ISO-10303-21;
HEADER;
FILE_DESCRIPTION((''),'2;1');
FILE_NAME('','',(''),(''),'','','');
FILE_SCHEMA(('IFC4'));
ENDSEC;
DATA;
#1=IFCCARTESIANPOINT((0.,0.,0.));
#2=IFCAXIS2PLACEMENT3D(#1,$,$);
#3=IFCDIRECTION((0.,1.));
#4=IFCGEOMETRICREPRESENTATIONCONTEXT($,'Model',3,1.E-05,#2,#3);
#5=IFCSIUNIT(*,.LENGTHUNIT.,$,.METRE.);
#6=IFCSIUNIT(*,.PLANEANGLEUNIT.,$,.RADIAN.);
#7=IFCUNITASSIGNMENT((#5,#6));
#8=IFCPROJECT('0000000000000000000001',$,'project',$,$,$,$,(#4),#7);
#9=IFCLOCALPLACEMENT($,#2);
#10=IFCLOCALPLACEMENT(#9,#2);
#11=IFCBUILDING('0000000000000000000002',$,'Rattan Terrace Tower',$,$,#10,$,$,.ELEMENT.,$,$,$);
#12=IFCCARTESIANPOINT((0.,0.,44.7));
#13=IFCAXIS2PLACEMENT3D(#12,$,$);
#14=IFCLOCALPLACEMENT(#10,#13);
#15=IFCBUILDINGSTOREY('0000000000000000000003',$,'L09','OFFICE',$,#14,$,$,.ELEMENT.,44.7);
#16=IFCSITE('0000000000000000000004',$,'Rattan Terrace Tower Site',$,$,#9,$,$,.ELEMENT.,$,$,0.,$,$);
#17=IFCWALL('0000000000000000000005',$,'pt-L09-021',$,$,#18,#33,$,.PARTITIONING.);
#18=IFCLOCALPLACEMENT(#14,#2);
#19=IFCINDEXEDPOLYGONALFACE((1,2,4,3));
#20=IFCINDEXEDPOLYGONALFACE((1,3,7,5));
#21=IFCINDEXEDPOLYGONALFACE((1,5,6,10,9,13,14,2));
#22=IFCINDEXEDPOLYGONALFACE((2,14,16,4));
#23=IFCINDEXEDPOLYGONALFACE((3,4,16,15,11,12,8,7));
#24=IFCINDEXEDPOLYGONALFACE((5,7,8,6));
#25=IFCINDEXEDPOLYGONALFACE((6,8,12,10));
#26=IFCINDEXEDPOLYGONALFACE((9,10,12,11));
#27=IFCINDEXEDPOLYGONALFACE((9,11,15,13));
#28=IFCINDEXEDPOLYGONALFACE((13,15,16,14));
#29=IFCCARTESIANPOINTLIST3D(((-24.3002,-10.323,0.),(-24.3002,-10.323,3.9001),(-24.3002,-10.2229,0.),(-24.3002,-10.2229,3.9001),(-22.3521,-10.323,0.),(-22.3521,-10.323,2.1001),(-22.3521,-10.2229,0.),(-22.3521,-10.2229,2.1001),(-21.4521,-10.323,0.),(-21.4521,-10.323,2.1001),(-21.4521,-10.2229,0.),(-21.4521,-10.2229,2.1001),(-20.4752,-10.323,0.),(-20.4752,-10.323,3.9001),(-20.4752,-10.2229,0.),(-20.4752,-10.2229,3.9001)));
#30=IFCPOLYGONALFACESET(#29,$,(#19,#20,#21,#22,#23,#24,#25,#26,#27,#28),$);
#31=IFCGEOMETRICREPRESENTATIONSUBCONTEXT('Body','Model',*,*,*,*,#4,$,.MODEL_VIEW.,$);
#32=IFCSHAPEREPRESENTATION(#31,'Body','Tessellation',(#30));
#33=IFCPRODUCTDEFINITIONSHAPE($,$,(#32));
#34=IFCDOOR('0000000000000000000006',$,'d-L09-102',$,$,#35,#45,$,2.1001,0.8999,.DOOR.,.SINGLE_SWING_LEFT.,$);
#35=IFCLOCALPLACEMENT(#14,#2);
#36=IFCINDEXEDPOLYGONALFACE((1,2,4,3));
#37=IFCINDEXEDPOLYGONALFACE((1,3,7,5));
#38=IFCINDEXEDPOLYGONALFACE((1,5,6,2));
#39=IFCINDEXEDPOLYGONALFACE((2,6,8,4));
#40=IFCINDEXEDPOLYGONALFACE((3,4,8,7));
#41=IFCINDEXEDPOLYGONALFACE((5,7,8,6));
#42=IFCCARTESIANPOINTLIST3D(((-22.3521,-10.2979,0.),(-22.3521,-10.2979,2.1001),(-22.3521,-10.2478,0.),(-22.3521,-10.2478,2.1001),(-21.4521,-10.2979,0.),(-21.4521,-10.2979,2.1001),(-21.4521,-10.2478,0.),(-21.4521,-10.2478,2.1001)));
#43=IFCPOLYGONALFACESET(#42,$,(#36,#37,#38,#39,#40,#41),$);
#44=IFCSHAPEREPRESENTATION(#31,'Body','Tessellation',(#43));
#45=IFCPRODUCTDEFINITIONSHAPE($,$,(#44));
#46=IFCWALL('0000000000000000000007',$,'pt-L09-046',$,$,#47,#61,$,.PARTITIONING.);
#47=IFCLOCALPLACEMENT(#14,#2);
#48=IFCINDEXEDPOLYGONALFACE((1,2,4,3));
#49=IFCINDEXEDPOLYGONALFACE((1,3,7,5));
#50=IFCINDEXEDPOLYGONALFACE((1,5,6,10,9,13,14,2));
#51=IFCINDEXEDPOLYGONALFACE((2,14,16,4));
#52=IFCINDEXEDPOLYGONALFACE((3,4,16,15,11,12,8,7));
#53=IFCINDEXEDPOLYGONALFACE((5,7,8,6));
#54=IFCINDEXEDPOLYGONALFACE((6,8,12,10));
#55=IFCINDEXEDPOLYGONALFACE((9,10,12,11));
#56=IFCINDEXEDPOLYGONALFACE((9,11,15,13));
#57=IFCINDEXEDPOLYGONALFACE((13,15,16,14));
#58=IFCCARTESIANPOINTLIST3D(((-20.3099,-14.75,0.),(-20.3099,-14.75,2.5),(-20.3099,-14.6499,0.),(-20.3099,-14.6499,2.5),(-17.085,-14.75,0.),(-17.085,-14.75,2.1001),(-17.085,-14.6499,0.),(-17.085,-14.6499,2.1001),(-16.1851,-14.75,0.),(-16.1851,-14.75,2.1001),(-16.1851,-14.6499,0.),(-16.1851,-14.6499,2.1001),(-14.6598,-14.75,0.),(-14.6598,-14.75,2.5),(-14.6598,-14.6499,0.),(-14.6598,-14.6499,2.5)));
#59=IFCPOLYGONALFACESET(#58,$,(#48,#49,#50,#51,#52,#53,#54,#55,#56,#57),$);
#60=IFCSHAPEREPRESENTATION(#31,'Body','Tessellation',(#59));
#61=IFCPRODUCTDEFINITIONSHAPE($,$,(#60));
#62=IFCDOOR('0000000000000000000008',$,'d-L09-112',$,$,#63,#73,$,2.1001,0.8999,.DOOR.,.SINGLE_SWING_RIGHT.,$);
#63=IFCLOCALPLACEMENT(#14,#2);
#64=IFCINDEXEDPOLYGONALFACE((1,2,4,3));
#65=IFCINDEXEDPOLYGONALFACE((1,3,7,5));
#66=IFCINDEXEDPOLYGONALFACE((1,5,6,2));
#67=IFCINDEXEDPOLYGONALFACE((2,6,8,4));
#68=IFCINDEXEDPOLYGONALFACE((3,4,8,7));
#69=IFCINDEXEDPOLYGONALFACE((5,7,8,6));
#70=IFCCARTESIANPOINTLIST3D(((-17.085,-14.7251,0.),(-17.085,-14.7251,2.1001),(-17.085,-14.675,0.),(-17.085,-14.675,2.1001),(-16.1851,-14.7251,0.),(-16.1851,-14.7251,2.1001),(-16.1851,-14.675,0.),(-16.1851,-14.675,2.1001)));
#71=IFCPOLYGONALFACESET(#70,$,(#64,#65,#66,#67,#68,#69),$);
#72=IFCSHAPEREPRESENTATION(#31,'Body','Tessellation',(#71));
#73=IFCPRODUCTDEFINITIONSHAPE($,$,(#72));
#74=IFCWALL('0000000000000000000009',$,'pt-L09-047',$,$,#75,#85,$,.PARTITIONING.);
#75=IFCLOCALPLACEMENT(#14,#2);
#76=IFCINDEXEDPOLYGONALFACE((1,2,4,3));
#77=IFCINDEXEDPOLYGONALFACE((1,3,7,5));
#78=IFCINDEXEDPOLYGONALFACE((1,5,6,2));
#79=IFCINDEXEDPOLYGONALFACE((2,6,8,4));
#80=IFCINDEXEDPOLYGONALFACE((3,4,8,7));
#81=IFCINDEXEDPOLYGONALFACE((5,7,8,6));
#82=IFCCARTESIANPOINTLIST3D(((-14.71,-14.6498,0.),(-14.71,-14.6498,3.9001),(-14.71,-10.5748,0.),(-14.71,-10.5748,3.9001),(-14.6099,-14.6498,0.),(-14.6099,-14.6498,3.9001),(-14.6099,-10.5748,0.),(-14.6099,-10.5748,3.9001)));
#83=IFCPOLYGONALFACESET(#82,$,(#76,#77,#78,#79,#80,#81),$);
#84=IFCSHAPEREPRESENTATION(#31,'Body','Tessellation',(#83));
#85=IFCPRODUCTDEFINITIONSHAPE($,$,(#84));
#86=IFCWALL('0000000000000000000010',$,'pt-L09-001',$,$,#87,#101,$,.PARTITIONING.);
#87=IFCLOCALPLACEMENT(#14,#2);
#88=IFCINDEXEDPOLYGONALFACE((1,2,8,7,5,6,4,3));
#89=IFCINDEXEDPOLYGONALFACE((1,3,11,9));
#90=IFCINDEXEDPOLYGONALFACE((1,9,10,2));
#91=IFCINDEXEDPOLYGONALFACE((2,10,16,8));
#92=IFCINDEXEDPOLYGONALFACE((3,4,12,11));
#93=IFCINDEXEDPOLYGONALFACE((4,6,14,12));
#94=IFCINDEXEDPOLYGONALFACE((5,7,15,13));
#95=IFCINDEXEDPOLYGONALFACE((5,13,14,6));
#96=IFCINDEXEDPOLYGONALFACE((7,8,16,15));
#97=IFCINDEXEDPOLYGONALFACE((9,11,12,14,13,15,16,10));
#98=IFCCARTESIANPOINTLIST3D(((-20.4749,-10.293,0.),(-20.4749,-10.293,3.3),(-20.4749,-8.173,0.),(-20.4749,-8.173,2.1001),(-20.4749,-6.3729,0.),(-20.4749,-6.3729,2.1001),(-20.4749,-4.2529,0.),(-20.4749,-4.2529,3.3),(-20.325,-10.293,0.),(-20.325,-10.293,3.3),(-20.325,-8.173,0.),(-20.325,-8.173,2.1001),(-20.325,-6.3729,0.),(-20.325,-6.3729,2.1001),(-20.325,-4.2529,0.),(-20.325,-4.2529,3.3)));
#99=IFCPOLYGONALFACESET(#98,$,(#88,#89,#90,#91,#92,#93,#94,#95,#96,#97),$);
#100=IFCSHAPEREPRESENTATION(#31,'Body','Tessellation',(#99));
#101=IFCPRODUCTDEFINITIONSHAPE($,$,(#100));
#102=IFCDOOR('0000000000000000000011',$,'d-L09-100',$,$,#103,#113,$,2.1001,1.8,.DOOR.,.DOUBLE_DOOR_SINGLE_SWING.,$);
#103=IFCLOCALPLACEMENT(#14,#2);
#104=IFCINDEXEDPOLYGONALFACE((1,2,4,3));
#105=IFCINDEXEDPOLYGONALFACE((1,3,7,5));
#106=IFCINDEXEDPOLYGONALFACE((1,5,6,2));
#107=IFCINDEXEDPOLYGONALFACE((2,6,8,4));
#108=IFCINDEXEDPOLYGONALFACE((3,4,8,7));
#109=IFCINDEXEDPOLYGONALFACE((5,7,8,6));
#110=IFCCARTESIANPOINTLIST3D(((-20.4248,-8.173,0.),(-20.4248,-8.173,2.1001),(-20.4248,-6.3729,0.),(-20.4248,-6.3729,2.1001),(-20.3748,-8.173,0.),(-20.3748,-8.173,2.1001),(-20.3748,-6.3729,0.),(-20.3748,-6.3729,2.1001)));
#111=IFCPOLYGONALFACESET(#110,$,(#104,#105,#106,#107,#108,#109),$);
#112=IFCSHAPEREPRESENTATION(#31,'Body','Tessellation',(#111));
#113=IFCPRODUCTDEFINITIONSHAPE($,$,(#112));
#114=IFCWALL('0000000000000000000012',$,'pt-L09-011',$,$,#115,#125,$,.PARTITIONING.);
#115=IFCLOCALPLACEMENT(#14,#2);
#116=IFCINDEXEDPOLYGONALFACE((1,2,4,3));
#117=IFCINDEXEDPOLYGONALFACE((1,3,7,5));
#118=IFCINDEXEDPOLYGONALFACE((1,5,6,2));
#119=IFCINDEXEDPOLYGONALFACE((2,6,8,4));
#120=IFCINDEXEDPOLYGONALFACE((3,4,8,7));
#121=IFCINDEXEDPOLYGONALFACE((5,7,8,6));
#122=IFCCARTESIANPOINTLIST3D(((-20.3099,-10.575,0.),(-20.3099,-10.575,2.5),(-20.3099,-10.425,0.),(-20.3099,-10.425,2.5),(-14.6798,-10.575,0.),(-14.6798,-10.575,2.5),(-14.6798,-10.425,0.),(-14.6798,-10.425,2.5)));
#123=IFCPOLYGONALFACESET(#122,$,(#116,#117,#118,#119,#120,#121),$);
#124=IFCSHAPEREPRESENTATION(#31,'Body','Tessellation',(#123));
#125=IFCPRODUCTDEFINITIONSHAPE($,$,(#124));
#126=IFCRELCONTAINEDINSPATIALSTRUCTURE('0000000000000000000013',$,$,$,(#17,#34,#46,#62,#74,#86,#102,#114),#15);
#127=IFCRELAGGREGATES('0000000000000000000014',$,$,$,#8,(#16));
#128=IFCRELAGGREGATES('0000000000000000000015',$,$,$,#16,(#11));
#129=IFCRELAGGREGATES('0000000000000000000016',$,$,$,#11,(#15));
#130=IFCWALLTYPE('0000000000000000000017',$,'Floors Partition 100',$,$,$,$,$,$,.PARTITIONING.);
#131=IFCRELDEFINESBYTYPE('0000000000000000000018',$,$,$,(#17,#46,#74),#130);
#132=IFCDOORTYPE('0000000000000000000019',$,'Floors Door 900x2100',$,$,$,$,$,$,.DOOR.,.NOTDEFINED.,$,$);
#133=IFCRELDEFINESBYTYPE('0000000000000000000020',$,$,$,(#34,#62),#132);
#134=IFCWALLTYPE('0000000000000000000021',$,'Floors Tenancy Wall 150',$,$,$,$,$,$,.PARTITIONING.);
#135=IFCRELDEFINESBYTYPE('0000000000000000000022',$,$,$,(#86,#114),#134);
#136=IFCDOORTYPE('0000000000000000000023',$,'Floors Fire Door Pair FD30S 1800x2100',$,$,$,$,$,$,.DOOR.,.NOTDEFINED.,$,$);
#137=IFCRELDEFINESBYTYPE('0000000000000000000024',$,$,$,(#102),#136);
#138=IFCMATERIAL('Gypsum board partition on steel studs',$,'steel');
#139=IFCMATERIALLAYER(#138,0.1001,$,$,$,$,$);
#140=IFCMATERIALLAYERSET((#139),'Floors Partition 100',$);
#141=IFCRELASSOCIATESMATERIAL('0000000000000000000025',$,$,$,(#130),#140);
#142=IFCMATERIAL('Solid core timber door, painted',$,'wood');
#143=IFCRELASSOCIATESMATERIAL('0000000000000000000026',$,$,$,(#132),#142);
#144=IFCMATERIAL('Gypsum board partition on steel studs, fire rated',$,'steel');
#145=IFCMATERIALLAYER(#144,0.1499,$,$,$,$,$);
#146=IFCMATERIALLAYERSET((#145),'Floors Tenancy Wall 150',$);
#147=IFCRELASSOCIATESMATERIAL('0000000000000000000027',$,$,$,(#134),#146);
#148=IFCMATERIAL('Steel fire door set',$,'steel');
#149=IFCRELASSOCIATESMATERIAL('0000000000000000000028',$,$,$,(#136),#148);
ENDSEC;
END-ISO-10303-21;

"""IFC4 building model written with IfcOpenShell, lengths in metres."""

from ifc_helpers import new_model, si_unit, direction, frame, frame_2d, origin, place, context, subcontext, project, spatial, rectangle, extrude, material, layer, layer_set, type_object, element, fill, save


model = new_model("IFC4")

# Units and contexts
model_context = context("Model", 3, precision=1e-05, world=origin(), true_north=direction((0.0, 1.0)))
body_context = subcontext(model_context, "Body", "Model", "MODEL_VIEW")
ifc_project = project(units=[si_unit("LENGTHUNIT", "METRE"), si_unit("PLANEANGLEUNIT", "RADIAN")], contexts=[model_context])

# Site, building, storey
site_placement = place(None, origin())
site = spatial("IfcSite", under=ifc_project, at=site_placement, Name="Rattan Terrace Tower Site", CompositionType="ELEMENT", RefElevation=0.0)
building_placement = place(site_placement, origin())
building = spatial("IfcBuilding", under=site, at=building_placement, Name="Rattan Terrace Tower", CompositionType="ELEMENT")
storey_placement = place(building_placement, frame((0.0, 0.0, 44.7)))
storey = spatial("IfcBuildingStorey", under=building, at=storey_placement, Name="L09", Description="OFFICE", CompositionType="ELEMENT", Elevation=44.7)

# Walls, openings, doors
ifc_material_1 = material(Name="Gypsum board partition on steel studs", Category="steel")
ifc_layer_1 = layer(ifc_material_1, 0.1001)
ifc_layer_set_1 = layer_set([ifc_layer_1], Name="Floors Partition 100")
wall_type_1 = type_object("IfcWallType", Name="Floors Partition 100", PredefinedType="PARTITIONING", material=ifc_layer_set_1)
wall_1_placement = place(storey_placement, frame((-20.4751, -10.2729, 0.0), z_axis=(0.0, 0.0, 1.0), x_axis=(-1.0, 0.0, 0.0)))
wall_1 = element("IfcWall", 1, at=wall_1_placement, inside=storey, type_object=wall_type_1, Name="pt-L09-021", PredefinedType="PARTITIONING", context=body_context, shape_type="SweptSolid", body=[
    extrude(rectangle(XDim=3.825, YDim=0.1001, at=frame_2d((1.9126, 0.0))), origin(), (0.0, 0.0, 1.0), 3.9001),
])
opening_1_placement = place(wall_1_placement, frame((0.9771, 0.0, 0.0)))
opening_1 = element("IfcOpeningElement", 2, at=opening_1_placement, cuts=wall_1, PredefinedType="OPENING", context=body_context, shape_type="SweptSolid", body=[
    extrude(rectangle(XDim=0.8999, YDim=2.1001, at=frame_2d((0.45, 1.05))), frame((0.0, 0.0605, 0.0), z_axis=(0.0, -1.0, 0.0), x_axis=(1.0, 0.0, 0.0)), (0.0, 0.0, 1.0), 0.1211),
])
ifc_material_2 = material(Name="Solid core timber door, painted", Category="wood")
door_type_1 = type_object("IfcDoorType", Name="Floors Door 900x2100", OperationType="NOTDEFINED", PredefinedType="DOOR", material=ifc_material_2)
door_1_placement = place(opening_1_placement, origin())
door_1 = element("IfcDoor", 3, at=door_1_placement, inside=storey, type_object=door_type_1, Name="d-L09-102", OperationType="SINGLE_SWING_LEFT", OverallHeight=2.1001, OverallWidth=0.8999, PredefinedType="DOOR", context=body_context, shape_type="SweptSolid", body=[
    extrude(rectangle(XDim=0.8999, YDim=2.1001, at=frame_2d((0.45, 1.05))), frame((0.0, 0.0249, 0.0), z_axis=(0.0, -1.0, 0.0), x_axis=(1.0, 0.0, 0.0)), (0.0, 0.0, 1.0), 0.05),
])
fill(opening_1, door_1)
wall_2_placement = place(storey_placement, frame((-20.3101, -14.7, 0.0), z_axis=(0.0, 0.0, 1.0), x_axis=(1.0, 0.0, 0.0)))
wall_2 = element("IfcWall", 4, at=wall_2_placement, inside=storey, type_object=wall_type_1, Name="pt-L09-046", PredefinedType="PARTITIONING", context=body_context, shape_type="SweptSolid", body=[
    extrude(rectangle(XDim=5.6501, YDim=0.1001, at=frame_2d((2.8252, 0.0))), origin(), (0.0, 0.0, 1.0), 2.5),
])
opening_2_placement = place(wall_2_placement, frame((3.2251, 0.0, 0.0)))
opening_2 = element("IfcOpeningElement", 5, at=opening_2_placement, cuts=wall_2, PredefinedType="OPENING", context=body_context, shape_type="SweptSolid", body=[
    extrude(rectangle(XDim=0.8999, YDim=2.1001, at=frame_2d((0.45, 1.05))), frame((0.0, 0.0605, 0.0), z_axis=(0.0, -1.0, 0.0), x_axis=(1.0, 0.0, 0.0)), (0.0, 0.0, 1.0), 0.1211),
])
door_2_placement = place(opening_2_placement, origin())
door_2 = element("IfcDoor", 6, at=door_2_placement, inside=storey, type_object=door_type_1, Name="d-L09-112", OperationType="SINGLE_SWING_RIGHT", OverallHeight=2.1001, OverallWidth=0.8999, PredefinedType="DOOR", context=body_context, shape_type="SweptSolid", body=[
    extrude(rectangle(XDim=0.8999, YDim=2.1001, at=frame_2d((0.45, 1.05))), frame((0.0, 0.0249, 0.0), z_axis=(0.0, -1.0, 0.0), x_axis=(1.0, 0.0, 0.0)), (0.0, 0.0, 1.0), 0.05),
])
fill(opening_2, door_2)

# Wall
wall_3_placement = place(storey_placement, frame((-14.6599, -14.6499, 0.0), z_axis=(0.0, 0.0, 1.0), x_axis=(0.0, 1.0, 0.0)))
element("IfcWall", 7, at=wall_3_placement, inside=storey, type_object=wall_type_1, Name="pt-L09-047", PredefinedType="PARTITIONING", context=body_context, shape_type="SweptSolid", body=[
    extrude(rectangle(XDim=4.075, YDim=0.1001, at=frame_2d((2.0376, 0.0))), origin(), (0.0, 0.0, 1.0), 3.9001),
])

# Wall, opening, door
ifc_material_3 = material(Name="Gypsum board partition on steel studs, fire rated", Category="steel")
ifc_layer_2 = layer(ifc_material_3, 0.1499)
ifc_layer_set_2 = layer_set([ifc_layer_2], Name="Floors Tenancy Wall 150")
wall_type_2 = type_object("IfcWallType", Name="Floors Tenancy Wall 150", PredefinedType="PARTITIONING", material=ifc_layer_set_2)
wall_4_placement = place(storey_placement, frame((-20.3999, -10.293, 0.0), z_axis=(0.0, 0.0, 1.0), x_axis=(0.0, 1.0, 0.0)))
wall_4 = element("IfcWall", 8, at=wall_4_placement, inside=storey, type_object=wall_type_2, Name="pt-L09-001", PredefinedType="PARTITIONING", context=body_context, shape_type="SweptSolid", body=[
    extrude(rectangle(XDim=6.04, YDim=0.1499, at=frame_2d((3.02, 0.0))), origin(), (0.0, 0.0, 1.0), 3.3),
])
opening_3_placement = place(wall_4_placement, frame((2.1201, 0.0, 0.0)))
opening_3 = element("IfcOpeningElement", 9, at=opening_3_placement, cuts=wall_4, PredefinedType="OPENING", context=body_context, shape_type="SweptSolid", body=[
    extrude(rectangle(XDim=1.8, YDim=2.1001, at=frame_2d((0.8999, 1.05))), frame((0.0, 0.0854, 0.0), z_axis=(0.0, -1.0, 0.0), x_axis=(1.0, 0.0, 0.0)), (0.0, 0.0, 1.0), 0.1709),
])
ifc_material_4 = material(Name="Steel fire door set", Category="steel")
door_type_2 = type_object("IfcDoorType", Name="Floors Fire Door Pair FD30S 1800x2100", OperationType="NOTDEFINED", PredefinedType="DOOR", material=ifc_material_4)
door_3_placement = place(opening_3_placement, origin())
door_3 = element("IfcDoor", 10, at=door_3_placement, inside=storey, type_object=door_type_2, Name="d-L09-100", OperationType="DOUBLE_DOOR_SINGLE_SWING", OverallHeight=2.1001, OverallWidth=1.8, PredefinedType="DOOR", context=body_context, shape_type="SweptSolid", body=[
    extrude(rectangle(XDim=1.8, YDim=2.1001, at=frame_2d((0.8999, 1.05))), frame((0.0, 0.0249, 0.0), z_axis=(0.0, -1.0, 0.0), x_axis=(1.0, 0.0, 0.0)), (0.0, 0.0, 1.0), 0.05),
])
fill(opening_3, door_3)

# Wall
wall_5_placement = place(storey_placement, frame((-14.6799, -10.5, 0.0), z_axis=(0.0, 0.0, 1.0), x_axis=(-1.0, 0.0, 0.0)))
element("IfcWall", 11, at=wall_5_placement, inside=storey, type_object=wall_type_2, Name="pt-L09-011", PredefinedType="PARTITIONING", context=body_context, shape_type="SweptSolid", body=[
    extrude(rectangle(XDim=5.6301, YDim=0.1499, at=frame_2d((2.8149, 0.0))), origin(), (0.0, 0.0, 1.0), 2.5),
])

save(model, "model.ifc")
